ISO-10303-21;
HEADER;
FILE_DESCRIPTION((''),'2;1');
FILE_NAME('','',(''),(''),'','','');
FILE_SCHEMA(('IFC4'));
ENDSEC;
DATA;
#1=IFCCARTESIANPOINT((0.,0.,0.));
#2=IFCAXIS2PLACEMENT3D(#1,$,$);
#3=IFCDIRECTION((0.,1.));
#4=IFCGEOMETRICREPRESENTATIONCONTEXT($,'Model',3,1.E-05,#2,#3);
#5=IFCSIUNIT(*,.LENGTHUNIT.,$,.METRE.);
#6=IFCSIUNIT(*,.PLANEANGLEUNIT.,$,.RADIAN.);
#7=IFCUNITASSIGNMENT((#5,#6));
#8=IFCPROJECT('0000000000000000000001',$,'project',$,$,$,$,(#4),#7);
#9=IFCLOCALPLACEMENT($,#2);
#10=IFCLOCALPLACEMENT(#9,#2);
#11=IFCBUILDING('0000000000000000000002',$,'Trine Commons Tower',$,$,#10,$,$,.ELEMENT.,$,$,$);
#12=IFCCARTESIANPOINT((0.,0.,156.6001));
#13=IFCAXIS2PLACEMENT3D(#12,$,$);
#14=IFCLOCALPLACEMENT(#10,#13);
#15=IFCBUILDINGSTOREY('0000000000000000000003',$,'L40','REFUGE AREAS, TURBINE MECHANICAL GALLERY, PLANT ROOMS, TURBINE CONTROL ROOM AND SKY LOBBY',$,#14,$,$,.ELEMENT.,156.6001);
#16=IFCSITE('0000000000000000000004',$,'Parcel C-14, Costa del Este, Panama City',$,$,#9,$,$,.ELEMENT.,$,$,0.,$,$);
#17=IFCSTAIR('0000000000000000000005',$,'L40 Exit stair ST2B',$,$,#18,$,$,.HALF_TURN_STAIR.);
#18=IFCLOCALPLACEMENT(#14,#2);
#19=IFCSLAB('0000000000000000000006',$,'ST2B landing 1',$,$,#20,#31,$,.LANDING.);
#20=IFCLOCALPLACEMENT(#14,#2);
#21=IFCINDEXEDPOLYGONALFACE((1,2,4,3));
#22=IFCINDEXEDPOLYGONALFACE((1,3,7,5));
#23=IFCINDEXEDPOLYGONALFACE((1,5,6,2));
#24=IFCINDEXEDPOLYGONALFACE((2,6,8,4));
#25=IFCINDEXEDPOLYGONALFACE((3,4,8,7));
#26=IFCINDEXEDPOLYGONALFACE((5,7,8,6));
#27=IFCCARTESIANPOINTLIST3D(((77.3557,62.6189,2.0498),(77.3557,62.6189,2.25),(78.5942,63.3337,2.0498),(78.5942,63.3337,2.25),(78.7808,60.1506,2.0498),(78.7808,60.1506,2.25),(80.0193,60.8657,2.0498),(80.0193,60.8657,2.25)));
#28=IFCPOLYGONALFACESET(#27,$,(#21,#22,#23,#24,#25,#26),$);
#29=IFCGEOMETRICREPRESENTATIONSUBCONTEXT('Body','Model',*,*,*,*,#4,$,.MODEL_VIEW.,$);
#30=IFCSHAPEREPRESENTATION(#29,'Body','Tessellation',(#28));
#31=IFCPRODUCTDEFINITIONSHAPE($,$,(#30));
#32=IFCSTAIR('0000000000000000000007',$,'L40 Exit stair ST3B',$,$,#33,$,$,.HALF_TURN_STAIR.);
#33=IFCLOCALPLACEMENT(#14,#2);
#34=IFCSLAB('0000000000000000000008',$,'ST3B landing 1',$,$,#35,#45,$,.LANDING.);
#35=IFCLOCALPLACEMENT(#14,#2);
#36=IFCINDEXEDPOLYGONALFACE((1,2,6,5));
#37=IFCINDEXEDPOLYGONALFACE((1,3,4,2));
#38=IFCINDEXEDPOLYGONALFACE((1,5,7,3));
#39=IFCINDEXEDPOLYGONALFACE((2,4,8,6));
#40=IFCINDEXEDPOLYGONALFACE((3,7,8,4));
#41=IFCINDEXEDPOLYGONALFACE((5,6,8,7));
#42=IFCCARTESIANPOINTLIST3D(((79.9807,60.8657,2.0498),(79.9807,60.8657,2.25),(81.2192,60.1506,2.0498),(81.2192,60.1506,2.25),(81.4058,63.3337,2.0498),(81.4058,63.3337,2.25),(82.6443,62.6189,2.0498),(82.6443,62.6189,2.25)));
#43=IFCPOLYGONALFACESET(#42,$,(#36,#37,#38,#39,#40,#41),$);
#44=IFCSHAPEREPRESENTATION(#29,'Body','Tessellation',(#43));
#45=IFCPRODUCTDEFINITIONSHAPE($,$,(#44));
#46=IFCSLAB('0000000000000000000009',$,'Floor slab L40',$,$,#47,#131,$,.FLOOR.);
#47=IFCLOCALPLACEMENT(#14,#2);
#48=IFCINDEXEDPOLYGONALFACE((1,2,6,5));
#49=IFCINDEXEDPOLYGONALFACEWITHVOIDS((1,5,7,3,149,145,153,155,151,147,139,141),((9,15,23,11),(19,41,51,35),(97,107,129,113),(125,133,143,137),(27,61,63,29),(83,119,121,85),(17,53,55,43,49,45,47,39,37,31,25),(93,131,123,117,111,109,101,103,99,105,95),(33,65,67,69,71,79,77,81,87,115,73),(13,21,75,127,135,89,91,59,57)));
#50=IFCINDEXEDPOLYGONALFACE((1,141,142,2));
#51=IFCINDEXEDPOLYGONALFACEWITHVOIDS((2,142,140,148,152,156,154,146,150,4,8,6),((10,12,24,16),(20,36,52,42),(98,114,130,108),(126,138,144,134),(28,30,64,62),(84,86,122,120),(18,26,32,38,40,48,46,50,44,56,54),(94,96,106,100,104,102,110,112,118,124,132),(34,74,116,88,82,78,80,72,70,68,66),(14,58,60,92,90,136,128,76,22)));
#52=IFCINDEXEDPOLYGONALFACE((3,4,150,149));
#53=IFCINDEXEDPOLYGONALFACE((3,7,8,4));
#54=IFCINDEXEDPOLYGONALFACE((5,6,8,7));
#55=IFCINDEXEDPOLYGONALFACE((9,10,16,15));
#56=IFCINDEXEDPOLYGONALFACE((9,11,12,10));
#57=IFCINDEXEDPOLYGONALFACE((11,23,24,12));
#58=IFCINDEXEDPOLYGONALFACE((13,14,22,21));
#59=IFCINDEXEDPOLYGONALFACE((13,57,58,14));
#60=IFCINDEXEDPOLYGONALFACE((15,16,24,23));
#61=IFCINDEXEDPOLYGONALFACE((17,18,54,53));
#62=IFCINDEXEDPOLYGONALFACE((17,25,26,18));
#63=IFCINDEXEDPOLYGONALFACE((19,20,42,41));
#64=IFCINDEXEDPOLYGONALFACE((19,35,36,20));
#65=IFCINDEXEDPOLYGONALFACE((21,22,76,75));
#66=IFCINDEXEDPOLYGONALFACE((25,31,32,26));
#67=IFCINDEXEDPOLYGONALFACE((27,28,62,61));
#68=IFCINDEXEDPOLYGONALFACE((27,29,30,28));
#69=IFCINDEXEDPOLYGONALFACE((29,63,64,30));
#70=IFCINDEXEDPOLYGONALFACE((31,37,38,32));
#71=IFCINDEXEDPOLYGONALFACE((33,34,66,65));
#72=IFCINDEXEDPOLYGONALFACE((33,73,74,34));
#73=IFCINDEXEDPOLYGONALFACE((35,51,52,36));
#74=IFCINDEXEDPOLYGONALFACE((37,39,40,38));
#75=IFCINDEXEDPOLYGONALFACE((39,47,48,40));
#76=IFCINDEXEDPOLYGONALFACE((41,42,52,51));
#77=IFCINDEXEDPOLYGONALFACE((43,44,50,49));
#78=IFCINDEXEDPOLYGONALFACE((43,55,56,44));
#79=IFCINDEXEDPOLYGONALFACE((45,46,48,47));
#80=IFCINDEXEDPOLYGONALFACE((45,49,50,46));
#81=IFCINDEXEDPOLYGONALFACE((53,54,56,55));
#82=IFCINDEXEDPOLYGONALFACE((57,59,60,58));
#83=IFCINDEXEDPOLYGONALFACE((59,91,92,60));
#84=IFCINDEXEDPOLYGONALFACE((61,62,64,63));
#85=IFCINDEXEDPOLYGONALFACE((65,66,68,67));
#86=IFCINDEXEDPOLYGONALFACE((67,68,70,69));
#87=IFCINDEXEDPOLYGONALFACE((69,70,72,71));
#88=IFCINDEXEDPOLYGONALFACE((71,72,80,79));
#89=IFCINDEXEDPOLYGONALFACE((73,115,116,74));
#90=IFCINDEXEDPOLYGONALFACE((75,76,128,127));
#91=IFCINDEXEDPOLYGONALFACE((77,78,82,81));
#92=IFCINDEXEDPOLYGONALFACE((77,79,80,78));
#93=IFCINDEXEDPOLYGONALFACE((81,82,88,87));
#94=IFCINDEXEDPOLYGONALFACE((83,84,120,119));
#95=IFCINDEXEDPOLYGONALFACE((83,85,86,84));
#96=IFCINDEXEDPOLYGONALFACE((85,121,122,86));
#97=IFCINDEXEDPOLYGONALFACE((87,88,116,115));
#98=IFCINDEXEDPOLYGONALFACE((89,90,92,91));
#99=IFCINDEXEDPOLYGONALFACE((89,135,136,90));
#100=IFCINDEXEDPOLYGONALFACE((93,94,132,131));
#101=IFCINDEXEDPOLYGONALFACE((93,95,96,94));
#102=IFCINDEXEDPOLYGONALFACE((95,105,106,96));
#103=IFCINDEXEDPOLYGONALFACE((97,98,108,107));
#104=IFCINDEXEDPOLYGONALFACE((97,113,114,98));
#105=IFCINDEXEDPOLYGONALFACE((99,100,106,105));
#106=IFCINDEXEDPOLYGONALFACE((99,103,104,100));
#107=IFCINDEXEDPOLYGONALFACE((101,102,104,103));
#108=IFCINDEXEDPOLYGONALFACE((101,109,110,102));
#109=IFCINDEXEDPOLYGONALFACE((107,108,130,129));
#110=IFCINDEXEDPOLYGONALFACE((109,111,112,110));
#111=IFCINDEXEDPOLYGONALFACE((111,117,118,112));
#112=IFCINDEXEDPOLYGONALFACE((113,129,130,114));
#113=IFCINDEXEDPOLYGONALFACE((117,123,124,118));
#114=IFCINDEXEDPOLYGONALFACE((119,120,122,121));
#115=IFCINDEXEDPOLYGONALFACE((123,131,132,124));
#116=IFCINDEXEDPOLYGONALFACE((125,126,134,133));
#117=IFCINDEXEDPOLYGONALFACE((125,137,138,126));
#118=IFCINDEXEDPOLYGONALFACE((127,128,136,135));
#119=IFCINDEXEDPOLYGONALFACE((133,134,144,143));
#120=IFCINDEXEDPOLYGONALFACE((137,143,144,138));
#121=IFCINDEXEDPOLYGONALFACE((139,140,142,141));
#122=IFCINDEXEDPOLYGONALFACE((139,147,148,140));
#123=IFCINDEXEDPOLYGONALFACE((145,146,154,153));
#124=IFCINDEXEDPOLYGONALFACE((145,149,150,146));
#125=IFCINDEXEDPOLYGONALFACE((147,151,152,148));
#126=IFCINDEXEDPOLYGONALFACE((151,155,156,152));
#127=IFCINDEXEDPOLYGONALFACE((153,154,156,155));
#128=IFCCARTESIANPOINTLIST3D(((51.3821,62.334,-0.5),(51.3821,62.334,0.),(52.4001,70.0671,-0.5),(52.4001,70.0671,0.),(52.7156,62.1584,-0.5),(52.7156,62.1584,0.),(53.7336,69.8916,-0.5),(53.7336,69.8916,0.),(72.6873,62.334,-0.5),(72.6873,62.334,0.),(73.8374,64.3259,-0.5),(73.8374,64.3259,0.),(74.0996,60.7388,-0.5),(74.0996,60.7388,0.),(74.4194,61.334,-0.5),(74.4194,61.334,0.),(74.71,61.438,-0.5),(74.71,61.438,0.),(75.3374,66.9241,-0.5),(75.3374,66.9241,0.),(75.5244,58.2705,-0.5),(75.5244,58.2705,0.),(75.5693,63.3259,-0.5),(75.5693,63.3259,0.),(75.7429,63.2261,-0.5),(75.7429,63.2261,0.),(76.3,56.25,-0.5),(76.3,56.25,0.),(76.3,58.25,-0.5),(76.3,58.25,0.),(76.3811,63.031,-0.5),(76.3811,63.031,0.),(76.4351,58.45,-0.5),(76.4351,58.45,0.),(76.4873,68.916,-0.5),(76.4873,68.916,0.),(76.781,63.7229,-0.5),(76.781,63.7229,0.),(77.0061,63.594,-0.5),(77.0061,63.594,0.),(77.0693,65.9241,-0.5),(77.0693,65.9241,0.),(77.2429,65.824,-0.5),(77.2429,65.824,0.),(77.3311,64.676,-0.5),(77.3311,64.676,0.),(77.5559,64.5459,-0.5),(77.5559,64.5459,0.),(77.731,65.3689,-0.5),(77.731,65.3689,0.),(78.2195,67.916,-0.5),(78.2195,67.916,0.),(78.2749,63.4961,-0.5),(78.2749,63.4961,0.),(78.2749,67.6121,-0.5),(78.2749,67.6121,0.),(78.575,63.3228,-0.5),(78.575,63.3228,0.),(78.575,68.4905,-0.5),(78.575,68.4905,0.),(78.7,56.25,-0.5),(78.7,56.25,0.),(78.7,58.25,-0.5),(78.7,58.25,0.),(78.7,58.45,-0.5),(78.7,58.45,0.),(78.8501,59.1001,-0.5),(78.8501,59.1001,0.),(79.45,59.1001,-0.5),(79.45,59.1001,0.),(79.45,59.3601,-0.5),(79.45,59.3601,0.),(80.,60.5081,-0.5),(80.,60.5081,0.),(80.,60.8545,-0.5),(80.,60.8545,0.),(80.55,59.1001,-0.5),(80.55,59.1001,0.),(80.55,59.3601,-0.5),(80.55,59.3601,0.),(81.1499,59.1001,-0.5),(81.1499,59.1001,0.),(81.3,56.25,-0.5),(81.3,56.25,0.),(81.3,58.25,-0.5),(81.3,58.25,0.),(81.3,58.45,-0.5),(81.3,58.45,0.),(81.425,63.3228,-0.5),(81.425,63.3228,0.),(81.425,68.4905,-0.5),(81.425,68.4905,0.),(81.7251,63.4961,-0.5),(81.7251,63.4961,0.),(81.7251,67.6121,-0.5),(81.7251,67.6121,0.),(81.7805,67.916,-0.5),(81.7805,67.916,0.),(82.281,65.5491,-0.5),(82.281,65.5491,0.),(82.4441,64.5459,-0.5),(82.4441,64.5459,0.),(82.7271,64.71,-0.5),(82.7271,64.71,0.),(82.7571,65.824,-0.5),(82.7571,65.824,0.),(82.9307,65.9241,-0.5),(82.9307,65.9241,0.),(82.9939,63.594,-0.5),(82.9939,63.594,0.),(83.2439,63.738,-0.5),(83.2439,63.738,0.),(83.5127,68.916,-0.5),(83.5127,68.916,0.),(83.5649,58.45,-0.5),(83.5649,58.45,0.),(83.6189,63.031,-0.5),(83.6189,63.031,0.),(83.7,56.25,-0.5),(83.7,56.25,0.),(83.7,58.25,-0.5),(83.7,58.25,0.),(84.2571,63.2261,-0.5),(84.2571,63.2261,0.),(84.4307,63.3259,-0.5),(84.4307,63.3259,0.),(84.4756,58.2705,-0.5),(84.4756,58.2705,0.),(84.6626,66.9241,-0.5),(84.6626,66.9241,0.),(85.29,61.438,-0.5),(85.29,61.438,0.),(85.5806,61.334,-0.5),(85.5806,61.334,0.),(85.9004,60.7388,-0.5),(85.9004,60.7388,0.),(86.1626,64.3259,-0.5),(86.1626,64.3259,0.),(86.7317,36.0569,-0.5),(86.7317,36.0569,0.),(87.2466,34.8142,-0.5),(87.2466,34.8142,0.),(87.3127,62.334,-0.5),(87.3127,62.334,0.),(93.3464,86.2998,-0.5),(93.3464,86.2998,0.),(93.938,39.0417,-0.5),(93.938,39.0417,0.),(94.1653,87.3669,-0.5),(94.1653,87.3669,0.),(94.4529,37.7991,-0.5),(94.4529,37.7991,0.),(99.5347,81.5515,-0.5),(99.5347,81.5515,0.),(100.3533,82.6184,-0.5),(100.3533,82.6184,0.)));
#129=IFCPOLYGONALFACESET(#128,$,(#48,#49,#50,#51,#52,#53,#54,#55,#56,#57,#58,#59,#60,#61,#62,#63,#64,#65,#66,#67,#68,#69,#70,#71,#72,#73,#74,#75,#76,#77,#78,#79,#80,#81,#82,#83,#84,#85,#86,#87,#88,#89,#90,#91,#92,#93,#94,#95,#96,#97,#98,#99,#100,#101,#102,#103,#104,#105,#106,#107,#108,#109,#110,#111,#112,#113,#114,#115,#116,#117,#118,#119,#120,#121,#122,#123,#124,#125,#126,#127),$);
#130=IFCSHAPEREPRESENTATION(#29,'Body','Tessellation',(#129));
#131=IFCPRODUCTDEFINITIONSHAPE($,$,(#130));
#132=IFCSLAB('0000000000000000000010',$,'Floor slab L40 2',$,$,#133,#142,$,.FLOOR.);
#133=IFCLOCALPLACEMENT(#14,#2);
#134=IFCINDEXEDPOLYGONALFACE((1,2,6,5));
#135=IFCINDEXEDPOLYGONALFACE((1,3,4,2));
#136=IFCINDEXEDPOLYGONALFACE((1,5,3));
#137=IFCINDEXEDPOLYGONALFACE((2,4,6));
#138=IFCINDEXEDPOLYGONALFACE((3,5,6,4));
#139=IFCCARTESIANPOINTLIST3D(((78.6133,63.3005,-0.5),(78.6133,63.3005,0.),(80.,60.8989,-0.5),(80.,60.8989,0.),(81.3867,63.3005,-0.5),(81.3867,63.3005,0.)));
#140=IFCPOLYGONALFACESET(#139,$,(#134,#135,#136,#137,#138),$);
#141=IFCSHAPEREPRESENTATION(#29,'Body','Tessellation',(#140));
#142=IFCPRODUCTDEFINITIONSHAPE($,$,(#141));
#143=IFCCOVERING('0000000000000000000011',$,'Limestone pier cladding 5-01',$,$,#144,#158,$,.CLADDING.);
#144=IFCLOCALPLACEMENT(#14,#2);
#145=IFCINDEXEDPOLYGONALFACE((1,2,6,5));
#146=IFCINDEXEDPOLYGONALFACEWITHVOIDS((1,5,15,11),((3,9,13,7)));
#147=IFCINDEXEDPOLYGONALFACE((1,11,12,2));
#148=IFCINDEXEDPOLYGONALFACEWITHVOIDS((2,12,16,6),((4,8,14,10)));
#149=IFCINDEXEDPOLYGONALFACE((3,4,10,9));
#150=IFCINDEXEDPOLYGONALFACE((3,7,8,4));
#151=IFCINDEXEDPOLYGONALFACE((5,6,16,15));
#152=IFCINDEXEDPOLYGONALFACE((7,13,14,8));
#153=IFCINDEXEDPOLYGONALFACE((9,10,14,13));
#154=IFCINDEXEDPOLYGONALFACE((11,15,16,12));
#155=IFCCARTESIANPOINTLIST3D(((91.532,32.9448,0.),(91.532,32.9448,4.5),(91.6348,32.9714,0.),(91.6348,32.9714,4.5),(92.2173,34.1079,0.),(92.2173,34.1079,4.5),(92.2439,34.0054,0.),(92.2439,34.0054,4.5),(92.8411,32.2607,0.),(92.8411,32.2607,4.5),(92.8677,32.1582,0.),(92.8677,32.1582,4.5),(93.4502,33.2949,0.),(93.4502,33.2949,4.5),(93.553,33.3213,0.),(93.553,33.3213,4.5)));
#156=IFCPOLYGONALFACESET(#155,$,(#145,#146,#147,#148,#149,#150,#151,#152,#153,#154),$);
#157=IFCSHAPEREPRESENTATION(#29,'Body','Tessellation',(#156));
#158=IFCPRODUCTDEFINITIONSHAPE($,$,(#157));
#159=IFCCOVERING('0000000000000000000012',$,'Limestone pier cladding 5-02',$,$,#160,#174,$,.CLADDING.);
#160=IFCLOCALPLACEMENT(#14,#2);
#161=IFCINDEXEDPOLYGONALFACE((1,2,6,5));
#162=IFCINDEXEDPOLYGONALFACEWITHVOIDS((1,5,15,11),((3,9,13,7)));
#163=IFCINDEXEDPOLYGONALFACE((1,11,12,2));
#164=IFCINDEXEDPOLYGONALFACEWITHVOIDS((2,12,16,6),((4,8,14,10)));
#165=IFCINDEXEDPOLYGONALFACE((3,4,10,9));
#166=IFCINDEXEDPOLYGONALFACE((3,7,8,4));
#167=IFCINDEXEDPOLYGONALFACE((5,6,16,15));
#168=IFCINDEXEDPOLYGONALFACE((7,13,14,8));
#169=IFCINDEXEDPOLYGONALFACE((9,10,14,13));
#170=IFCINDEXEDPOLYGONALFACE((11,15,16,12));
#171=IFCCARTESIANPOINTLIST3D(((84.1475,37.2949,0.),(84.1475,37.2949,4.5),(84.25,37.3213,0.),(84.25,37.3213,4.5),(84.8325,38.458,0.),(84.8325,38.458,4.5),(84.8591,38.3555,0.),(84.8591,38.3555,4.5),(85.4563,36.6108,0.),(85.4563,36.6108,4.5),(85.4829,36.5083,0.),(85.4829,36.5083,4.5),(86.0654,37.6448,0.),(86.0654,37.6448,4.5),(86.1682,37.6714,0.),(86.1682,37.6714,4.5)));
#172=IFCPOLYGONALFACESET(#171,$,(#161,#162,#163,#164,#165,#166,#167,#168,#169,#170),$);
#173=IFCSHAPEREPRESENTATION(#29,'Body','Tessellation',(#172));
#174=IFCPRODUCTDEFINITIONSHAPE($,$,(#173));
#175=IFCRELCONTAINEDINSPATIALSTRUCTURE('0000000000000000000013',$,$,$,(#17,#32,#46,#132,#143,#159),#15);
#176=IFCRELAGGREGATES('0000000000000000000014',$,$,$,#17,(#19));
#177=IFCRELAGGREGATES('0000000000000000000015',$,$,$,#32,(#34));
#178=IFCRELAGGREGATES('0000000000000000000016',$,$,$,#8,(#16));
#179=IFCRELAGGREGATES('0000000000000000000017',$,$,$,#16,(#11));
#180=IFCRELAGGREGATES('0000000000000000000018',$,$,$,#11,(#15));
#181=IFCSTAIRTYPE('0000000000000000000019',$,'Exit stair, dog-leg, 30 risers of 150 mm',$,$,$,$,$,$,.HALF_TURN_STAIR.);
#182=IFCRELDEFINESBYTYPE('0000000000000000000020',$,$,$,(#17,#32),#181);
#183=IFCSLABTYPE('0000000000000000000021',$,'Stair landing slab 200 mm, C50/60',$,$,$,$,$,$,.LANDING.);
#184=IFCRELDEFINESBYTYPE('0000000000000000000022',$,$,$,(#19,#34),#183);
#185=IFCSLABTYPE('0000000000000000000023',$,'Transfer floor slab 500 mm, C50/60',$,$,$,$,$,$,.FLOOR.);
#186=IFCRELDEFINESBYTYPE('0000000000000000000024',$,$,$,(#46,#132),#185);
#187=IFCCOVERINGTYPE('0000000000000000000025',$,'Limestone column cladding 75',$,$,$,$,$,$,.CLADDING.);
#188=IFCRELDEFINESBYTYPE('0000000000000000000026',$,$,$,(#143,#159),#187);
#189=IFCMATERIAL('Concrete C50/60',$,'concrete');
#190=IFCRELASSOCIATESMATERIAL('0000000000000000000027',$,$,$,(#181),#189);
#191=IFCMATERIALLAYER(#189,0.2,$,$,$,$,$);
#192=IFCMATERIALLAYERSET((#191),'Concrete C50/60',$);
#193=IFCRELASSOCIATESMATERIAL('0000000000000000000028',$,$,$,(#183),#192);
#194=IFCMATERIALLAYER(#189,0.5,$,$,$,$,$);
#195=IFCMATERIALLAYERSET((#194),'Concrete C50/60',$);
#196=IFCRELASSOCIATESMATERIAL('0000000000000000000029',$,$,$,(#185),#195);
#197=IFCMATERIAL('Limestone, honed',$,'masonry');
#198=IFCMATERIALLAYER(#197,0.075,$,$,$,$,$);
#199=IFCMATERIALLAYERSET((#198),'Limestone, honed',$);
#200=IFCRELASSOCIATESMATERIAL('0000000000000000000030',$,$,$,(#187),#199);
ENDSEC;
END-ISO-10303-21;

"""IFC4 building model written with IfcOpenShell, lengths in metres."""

from ifc_helpers import new_model, si_unit, direction, frame, origin, place, context, subcontext, project, spatial, polyline, outline, extrude, material, layer, layer_set, type_object, element, aggregate, save


model = new_model("IFC4")

# Units and contexts
model_context = context("Model", 3, precision=1e-05, world=origin(), true_north=direction((0.0, 1.0)))
body_context = subcontext(model_context, "Body", "Model", "MODEL_VIEW")
ifc_project = project(units=[si_unit("LENGTHUNIT", "METRE"), si_unit("PLANEANGLEUNIT", "RADIAN")], contexts=[model_context])

# Site, building, storey
site_placement = place(None, origin())
site = spatial("IfcSite", under=ifc_project, at=site_placement, Name="Parcel C-14, Costa del Este, Panama City", CompositionType="ELEMENT", RefElevation=0.0)
building_placement = place(site_placement, origin())
building = spatial("IfcBuilding", under=site, at=building_placement, Name="Trine Commons Tower", CompositionType="ELEMENT")
storey_placement = place(building_placement, frame((0.0, 0.0, 156.6001)))
storey = spatial("IfcBuildingStorey", under=building, at=storey_placement, Name="L40", Description="REFUGE AREAS, TURBINE MECHANICAL GALLERY, PLANT ROOMS, TURBINE CONTROL ROOM AND SKY LOBBY", CompositionType="ELEMENT", Elevation=156.6001)

# Shared definitions
ifc_material_1 = material(Name="Concrete C50/60", Category="concrete")

# Stairs, slabs
stair_type = type_object("IfcStairType", Name="Exit stair, dog-leg, 30 risers of 150 mm", PredefinedType="HALF_TURN_STAIR", material=ifc_material_1)
ifc_layer_1 = layer(ifc_material_1, 0.2)
ifc_layer_set_1 = layer_set([ifc_layer_1], Name="Concrete C50/60")
slab_type_1 = type_object("IfcSlabType", Name="Stair landing slab 200 mm, C50/60", PredefinedType="LANDING", material=ifc_layer_set_1)
stair_1_placement = place(storey_placement, origin())
stair_1 = element("IfcStair", 1, at=stair_1_placement, inside=storey, type_object=stair_type, Name="L40 Exit stair ST2B", PredefinedType="HALF_TURN_STAIR")
slab_1_placement = place(storey_placement, frame((0.0, 0.0, 2.0498)))
slab_1 = element("IfcSlab", 2, at=slab_1_placement, type_object=slab_type_1, Name="ST2B landing 1", PredefinedType="LANDING", context=body_context, shape_type="SweptSolid", body=[
    extrude(outline(polyline([(78.7808, 60.1506), (80.0193, 60.8657), (78.5942, 63.3337), (77.3557, 62.6189), (78.7808, 60.1506)])), origin(), (0.0, 0.0, 1.0), 0.2002),
])
aggregate(stair_1, [slab_1])
stair_2_placement = place(storey_placement, origin())
stair_2 = element("IfcStair", 3, at=stair_2_placement, inside=storey, type_object=stair_type, Name="L40 Exit stair ST3B", PredefinedType="HALF_TURN_STAIR")
slab_2_placement = place(storey_placement, frame((0.0, 0.0, 2.0498)))
slab_2 = element("IfcSlab", 4, at=slab_2_placement, type_object=slab_type_1, Name="ST3B landing 1", PredefinedType="LANDING", context=body_context, shape_type="SweptSolid", body=[
    extrude(outline(polyline([(82.6443, 62.6189), (81.4058, 63.3337), (79.9807, 60.8657), (81.2192, 60.1506), (82.6443, 62.6189)])), origin(), (0.0, 0.0, 1.0), 0.2002),
])
aggregate(stair_2, [slab_2])

# Slabs
ifc_layer_2 = layer(ifc_material_1, 0.5)
ifc_layer_set_2 = layer_set([ifc_layer_2], Name="Concrete C50/60")
slab_type_2 = type_object("IfcSlabType", Name="Transfer floor slab 500 mm, C50/60", PredefinedType="FLOOR", material=ifc_layer_set_2)
slab_3_placement = place(storey_placement, frame((0.0, 0.0, -0.5)))
element("IfcSlab", 5, at=slab_3_placement, inside=storey, type_object=slab_type_2, Name="Floor slab L40", PredefinedType="FLOOR", context=body_context, shape_type="SweptSolid", body=[
    extrude(outline(polyline([(51.3821, 62.334), (87.2466, 34.8142), (86.7317, 36.0569), (93.938, 39.0417), (94.4529, 37.7991), (100.3533, 82.6184), (99.5347, 81.5515), (93.3464, 86.2998), (94.1653, 87.3669), (52.4001, 70.0671), (53.7336, 69.8916), (52.7156, 62.1584), (51.3821, 62.334)]), holes=[polyline([(78.7, 56.25), (78.7, 58.25), (76.3, 58.25), (76.3, 56.25), (78.7, 56.25)]), polyline([(80.0, 60.8545), (84.4756, 58.2705), (85.9004, 60.7388), (81.425, 63.3228), (81.425, 68.4905), (78.575, 68.4905), (78.575, 63.3228), (74.0996, 60.7388), (75.5244, 58.2705), (80.0, 60.8545)]), polyline([(73.8374, 64.3259), (72.6873, 62.334), (74.4194, 61.334), (75.5693, 63.3259), (73.8374, 64.3259)]), polyline([(76.3811, 63.031), (75.7429, 63.2261), (74.71, 61.438), (78.2749, 63.4961), (78.2749, 67.6121), (77.2429, 65.824), (77.731, 65.3689), (77.3311, 64.676), (77.5559, 64.5459), (77.0061, 63.594), (76.781, 63.7229), (76.3811, 63.031)]), polyline([(76.4873, 68.916), (75.3374, 66.9241), (77.0693, 65.9241), (78.2195, 67.916), (76.4873, 68.916)]), polyline([(83.7, 56.25), (83.7, 58.25), (81.3, 58.25), (81.3, 56.25), (83.7, 56.25)]), polyline([(81.1499, 59.1001), (81.3, 58.45), (83.5649, 58.45), (80.0, 60.5081), (76.4351, 58.45), (78.7, 58.45), (78.8501, 59.1001), (79.45, 59.1001), (79.45, 59.3601), (80.55, 59.3601), (80.55, 59.1001), (81.1499, 59.1001)]), polyline([(86.1626, 64.3259), (84.4307, 63.3259), (85.5806, 61.334), (87.3127, 62.334), (86.1626, 64.3259)]), polyline([(83.2439, 63.738), (82.9939, 63.594), (82.4441, 64.5459), (82.7271, 64.71), (82.281, 65.5491), (82.7571, 65.824), (81.7251, 67.6121), (81.7251, 63.4961), (85.29, 61.438), (84.2571, 63.2261), (83.6189, 63.031), (83.2439, 63.738)]), polyline([(84.6626, 66.9241), (83.5127, 68.916), (81.7805, 67.916), (82.9307, 65.9241), (84.6626, 66.9241)])]), origin(), (0.0, 0.0, 1.0), 0.5),
])
slab_4_placement = place(storey_placement, frame((0.0, 0.0, -0.5)))
element("IfcSlab", 6, at=slab_4_placement, inside=storey, type_object=slab_type_2, Name="Floor slab L40 2", PredefinedType="FLOOR", context=body_context, shape_type="SweptSolid", body=[
    extrude(outline(polyline([(78.6133, 63.3005), (80.0, 60.8989), (81.3867, 63.3005), (78.6133, 63.3005)])), origin(), (0.0, 0.0, 1.0), 0.5),
])

# Coverings
ifc_material_2 = material(Name="Limestone, honed", Category="masonry")
ifc_layer_3 = layer(ifc_material_2, 0.075)
ifc_layer_set_3 = layer_set([ifc_layer_3], Name="Limestone, honed")
covering_type_1 = type_object("IfcCoveringType", Name="Limestone column cladding 75", PredefinedType="CLADDING", material=ifc_layer_set_3)
covering_1_placement = place(storey_placement, origin())
element("IfcCovering", 7, at=covering_1_placement, inside=storey, type_object=covering_type_1, Name="Limestone pier cladding 5-01", PredefinedType="CLADDING", context=body_context, shape_type="SweptSolid", body=[
    extrude(outline(polyline([(92.2173, 34.1079), (91.532, 32.9448), (92.8677, 32.1582), (93.553, 33.3213), (92.2173, 34.1079)]), holes=[polyline([(92.2439, 34.0054), (91.6348, 32.9714), (92.8411, 32.2607), (93.4502, 33.2949), (92.2439, 34.0054)])]), origin(), (0.0, 0.0, 1.0), 4.5),
])
covering_2_placement = place(storey_placement, origin())
element("IfcCovering", 8, at=covering_2_placement, inside=storey, type_object=covering_type_1, Name="Limestone pier cladding 5-02", PredefinedType="CLADDING", context=body_context, shape_type="SweptSolid", body=[
    extrude(outline(polyline([(84.8325, 38.458), (84.1475, 37.2949), (85.4829, 36.5083), (86.1682, 37.6714), (84.8325, 38.458)]), holes=[polyline([(84.8591, 38.3555), (84.25, 37.3213), (85.4563, 36.6108), (86.0654, 37.6448), (84.8591, 38.3555)])]), origin(), (0.0, 0.0, 1.0), 4.5),
])

save(model, "model.ifc")
